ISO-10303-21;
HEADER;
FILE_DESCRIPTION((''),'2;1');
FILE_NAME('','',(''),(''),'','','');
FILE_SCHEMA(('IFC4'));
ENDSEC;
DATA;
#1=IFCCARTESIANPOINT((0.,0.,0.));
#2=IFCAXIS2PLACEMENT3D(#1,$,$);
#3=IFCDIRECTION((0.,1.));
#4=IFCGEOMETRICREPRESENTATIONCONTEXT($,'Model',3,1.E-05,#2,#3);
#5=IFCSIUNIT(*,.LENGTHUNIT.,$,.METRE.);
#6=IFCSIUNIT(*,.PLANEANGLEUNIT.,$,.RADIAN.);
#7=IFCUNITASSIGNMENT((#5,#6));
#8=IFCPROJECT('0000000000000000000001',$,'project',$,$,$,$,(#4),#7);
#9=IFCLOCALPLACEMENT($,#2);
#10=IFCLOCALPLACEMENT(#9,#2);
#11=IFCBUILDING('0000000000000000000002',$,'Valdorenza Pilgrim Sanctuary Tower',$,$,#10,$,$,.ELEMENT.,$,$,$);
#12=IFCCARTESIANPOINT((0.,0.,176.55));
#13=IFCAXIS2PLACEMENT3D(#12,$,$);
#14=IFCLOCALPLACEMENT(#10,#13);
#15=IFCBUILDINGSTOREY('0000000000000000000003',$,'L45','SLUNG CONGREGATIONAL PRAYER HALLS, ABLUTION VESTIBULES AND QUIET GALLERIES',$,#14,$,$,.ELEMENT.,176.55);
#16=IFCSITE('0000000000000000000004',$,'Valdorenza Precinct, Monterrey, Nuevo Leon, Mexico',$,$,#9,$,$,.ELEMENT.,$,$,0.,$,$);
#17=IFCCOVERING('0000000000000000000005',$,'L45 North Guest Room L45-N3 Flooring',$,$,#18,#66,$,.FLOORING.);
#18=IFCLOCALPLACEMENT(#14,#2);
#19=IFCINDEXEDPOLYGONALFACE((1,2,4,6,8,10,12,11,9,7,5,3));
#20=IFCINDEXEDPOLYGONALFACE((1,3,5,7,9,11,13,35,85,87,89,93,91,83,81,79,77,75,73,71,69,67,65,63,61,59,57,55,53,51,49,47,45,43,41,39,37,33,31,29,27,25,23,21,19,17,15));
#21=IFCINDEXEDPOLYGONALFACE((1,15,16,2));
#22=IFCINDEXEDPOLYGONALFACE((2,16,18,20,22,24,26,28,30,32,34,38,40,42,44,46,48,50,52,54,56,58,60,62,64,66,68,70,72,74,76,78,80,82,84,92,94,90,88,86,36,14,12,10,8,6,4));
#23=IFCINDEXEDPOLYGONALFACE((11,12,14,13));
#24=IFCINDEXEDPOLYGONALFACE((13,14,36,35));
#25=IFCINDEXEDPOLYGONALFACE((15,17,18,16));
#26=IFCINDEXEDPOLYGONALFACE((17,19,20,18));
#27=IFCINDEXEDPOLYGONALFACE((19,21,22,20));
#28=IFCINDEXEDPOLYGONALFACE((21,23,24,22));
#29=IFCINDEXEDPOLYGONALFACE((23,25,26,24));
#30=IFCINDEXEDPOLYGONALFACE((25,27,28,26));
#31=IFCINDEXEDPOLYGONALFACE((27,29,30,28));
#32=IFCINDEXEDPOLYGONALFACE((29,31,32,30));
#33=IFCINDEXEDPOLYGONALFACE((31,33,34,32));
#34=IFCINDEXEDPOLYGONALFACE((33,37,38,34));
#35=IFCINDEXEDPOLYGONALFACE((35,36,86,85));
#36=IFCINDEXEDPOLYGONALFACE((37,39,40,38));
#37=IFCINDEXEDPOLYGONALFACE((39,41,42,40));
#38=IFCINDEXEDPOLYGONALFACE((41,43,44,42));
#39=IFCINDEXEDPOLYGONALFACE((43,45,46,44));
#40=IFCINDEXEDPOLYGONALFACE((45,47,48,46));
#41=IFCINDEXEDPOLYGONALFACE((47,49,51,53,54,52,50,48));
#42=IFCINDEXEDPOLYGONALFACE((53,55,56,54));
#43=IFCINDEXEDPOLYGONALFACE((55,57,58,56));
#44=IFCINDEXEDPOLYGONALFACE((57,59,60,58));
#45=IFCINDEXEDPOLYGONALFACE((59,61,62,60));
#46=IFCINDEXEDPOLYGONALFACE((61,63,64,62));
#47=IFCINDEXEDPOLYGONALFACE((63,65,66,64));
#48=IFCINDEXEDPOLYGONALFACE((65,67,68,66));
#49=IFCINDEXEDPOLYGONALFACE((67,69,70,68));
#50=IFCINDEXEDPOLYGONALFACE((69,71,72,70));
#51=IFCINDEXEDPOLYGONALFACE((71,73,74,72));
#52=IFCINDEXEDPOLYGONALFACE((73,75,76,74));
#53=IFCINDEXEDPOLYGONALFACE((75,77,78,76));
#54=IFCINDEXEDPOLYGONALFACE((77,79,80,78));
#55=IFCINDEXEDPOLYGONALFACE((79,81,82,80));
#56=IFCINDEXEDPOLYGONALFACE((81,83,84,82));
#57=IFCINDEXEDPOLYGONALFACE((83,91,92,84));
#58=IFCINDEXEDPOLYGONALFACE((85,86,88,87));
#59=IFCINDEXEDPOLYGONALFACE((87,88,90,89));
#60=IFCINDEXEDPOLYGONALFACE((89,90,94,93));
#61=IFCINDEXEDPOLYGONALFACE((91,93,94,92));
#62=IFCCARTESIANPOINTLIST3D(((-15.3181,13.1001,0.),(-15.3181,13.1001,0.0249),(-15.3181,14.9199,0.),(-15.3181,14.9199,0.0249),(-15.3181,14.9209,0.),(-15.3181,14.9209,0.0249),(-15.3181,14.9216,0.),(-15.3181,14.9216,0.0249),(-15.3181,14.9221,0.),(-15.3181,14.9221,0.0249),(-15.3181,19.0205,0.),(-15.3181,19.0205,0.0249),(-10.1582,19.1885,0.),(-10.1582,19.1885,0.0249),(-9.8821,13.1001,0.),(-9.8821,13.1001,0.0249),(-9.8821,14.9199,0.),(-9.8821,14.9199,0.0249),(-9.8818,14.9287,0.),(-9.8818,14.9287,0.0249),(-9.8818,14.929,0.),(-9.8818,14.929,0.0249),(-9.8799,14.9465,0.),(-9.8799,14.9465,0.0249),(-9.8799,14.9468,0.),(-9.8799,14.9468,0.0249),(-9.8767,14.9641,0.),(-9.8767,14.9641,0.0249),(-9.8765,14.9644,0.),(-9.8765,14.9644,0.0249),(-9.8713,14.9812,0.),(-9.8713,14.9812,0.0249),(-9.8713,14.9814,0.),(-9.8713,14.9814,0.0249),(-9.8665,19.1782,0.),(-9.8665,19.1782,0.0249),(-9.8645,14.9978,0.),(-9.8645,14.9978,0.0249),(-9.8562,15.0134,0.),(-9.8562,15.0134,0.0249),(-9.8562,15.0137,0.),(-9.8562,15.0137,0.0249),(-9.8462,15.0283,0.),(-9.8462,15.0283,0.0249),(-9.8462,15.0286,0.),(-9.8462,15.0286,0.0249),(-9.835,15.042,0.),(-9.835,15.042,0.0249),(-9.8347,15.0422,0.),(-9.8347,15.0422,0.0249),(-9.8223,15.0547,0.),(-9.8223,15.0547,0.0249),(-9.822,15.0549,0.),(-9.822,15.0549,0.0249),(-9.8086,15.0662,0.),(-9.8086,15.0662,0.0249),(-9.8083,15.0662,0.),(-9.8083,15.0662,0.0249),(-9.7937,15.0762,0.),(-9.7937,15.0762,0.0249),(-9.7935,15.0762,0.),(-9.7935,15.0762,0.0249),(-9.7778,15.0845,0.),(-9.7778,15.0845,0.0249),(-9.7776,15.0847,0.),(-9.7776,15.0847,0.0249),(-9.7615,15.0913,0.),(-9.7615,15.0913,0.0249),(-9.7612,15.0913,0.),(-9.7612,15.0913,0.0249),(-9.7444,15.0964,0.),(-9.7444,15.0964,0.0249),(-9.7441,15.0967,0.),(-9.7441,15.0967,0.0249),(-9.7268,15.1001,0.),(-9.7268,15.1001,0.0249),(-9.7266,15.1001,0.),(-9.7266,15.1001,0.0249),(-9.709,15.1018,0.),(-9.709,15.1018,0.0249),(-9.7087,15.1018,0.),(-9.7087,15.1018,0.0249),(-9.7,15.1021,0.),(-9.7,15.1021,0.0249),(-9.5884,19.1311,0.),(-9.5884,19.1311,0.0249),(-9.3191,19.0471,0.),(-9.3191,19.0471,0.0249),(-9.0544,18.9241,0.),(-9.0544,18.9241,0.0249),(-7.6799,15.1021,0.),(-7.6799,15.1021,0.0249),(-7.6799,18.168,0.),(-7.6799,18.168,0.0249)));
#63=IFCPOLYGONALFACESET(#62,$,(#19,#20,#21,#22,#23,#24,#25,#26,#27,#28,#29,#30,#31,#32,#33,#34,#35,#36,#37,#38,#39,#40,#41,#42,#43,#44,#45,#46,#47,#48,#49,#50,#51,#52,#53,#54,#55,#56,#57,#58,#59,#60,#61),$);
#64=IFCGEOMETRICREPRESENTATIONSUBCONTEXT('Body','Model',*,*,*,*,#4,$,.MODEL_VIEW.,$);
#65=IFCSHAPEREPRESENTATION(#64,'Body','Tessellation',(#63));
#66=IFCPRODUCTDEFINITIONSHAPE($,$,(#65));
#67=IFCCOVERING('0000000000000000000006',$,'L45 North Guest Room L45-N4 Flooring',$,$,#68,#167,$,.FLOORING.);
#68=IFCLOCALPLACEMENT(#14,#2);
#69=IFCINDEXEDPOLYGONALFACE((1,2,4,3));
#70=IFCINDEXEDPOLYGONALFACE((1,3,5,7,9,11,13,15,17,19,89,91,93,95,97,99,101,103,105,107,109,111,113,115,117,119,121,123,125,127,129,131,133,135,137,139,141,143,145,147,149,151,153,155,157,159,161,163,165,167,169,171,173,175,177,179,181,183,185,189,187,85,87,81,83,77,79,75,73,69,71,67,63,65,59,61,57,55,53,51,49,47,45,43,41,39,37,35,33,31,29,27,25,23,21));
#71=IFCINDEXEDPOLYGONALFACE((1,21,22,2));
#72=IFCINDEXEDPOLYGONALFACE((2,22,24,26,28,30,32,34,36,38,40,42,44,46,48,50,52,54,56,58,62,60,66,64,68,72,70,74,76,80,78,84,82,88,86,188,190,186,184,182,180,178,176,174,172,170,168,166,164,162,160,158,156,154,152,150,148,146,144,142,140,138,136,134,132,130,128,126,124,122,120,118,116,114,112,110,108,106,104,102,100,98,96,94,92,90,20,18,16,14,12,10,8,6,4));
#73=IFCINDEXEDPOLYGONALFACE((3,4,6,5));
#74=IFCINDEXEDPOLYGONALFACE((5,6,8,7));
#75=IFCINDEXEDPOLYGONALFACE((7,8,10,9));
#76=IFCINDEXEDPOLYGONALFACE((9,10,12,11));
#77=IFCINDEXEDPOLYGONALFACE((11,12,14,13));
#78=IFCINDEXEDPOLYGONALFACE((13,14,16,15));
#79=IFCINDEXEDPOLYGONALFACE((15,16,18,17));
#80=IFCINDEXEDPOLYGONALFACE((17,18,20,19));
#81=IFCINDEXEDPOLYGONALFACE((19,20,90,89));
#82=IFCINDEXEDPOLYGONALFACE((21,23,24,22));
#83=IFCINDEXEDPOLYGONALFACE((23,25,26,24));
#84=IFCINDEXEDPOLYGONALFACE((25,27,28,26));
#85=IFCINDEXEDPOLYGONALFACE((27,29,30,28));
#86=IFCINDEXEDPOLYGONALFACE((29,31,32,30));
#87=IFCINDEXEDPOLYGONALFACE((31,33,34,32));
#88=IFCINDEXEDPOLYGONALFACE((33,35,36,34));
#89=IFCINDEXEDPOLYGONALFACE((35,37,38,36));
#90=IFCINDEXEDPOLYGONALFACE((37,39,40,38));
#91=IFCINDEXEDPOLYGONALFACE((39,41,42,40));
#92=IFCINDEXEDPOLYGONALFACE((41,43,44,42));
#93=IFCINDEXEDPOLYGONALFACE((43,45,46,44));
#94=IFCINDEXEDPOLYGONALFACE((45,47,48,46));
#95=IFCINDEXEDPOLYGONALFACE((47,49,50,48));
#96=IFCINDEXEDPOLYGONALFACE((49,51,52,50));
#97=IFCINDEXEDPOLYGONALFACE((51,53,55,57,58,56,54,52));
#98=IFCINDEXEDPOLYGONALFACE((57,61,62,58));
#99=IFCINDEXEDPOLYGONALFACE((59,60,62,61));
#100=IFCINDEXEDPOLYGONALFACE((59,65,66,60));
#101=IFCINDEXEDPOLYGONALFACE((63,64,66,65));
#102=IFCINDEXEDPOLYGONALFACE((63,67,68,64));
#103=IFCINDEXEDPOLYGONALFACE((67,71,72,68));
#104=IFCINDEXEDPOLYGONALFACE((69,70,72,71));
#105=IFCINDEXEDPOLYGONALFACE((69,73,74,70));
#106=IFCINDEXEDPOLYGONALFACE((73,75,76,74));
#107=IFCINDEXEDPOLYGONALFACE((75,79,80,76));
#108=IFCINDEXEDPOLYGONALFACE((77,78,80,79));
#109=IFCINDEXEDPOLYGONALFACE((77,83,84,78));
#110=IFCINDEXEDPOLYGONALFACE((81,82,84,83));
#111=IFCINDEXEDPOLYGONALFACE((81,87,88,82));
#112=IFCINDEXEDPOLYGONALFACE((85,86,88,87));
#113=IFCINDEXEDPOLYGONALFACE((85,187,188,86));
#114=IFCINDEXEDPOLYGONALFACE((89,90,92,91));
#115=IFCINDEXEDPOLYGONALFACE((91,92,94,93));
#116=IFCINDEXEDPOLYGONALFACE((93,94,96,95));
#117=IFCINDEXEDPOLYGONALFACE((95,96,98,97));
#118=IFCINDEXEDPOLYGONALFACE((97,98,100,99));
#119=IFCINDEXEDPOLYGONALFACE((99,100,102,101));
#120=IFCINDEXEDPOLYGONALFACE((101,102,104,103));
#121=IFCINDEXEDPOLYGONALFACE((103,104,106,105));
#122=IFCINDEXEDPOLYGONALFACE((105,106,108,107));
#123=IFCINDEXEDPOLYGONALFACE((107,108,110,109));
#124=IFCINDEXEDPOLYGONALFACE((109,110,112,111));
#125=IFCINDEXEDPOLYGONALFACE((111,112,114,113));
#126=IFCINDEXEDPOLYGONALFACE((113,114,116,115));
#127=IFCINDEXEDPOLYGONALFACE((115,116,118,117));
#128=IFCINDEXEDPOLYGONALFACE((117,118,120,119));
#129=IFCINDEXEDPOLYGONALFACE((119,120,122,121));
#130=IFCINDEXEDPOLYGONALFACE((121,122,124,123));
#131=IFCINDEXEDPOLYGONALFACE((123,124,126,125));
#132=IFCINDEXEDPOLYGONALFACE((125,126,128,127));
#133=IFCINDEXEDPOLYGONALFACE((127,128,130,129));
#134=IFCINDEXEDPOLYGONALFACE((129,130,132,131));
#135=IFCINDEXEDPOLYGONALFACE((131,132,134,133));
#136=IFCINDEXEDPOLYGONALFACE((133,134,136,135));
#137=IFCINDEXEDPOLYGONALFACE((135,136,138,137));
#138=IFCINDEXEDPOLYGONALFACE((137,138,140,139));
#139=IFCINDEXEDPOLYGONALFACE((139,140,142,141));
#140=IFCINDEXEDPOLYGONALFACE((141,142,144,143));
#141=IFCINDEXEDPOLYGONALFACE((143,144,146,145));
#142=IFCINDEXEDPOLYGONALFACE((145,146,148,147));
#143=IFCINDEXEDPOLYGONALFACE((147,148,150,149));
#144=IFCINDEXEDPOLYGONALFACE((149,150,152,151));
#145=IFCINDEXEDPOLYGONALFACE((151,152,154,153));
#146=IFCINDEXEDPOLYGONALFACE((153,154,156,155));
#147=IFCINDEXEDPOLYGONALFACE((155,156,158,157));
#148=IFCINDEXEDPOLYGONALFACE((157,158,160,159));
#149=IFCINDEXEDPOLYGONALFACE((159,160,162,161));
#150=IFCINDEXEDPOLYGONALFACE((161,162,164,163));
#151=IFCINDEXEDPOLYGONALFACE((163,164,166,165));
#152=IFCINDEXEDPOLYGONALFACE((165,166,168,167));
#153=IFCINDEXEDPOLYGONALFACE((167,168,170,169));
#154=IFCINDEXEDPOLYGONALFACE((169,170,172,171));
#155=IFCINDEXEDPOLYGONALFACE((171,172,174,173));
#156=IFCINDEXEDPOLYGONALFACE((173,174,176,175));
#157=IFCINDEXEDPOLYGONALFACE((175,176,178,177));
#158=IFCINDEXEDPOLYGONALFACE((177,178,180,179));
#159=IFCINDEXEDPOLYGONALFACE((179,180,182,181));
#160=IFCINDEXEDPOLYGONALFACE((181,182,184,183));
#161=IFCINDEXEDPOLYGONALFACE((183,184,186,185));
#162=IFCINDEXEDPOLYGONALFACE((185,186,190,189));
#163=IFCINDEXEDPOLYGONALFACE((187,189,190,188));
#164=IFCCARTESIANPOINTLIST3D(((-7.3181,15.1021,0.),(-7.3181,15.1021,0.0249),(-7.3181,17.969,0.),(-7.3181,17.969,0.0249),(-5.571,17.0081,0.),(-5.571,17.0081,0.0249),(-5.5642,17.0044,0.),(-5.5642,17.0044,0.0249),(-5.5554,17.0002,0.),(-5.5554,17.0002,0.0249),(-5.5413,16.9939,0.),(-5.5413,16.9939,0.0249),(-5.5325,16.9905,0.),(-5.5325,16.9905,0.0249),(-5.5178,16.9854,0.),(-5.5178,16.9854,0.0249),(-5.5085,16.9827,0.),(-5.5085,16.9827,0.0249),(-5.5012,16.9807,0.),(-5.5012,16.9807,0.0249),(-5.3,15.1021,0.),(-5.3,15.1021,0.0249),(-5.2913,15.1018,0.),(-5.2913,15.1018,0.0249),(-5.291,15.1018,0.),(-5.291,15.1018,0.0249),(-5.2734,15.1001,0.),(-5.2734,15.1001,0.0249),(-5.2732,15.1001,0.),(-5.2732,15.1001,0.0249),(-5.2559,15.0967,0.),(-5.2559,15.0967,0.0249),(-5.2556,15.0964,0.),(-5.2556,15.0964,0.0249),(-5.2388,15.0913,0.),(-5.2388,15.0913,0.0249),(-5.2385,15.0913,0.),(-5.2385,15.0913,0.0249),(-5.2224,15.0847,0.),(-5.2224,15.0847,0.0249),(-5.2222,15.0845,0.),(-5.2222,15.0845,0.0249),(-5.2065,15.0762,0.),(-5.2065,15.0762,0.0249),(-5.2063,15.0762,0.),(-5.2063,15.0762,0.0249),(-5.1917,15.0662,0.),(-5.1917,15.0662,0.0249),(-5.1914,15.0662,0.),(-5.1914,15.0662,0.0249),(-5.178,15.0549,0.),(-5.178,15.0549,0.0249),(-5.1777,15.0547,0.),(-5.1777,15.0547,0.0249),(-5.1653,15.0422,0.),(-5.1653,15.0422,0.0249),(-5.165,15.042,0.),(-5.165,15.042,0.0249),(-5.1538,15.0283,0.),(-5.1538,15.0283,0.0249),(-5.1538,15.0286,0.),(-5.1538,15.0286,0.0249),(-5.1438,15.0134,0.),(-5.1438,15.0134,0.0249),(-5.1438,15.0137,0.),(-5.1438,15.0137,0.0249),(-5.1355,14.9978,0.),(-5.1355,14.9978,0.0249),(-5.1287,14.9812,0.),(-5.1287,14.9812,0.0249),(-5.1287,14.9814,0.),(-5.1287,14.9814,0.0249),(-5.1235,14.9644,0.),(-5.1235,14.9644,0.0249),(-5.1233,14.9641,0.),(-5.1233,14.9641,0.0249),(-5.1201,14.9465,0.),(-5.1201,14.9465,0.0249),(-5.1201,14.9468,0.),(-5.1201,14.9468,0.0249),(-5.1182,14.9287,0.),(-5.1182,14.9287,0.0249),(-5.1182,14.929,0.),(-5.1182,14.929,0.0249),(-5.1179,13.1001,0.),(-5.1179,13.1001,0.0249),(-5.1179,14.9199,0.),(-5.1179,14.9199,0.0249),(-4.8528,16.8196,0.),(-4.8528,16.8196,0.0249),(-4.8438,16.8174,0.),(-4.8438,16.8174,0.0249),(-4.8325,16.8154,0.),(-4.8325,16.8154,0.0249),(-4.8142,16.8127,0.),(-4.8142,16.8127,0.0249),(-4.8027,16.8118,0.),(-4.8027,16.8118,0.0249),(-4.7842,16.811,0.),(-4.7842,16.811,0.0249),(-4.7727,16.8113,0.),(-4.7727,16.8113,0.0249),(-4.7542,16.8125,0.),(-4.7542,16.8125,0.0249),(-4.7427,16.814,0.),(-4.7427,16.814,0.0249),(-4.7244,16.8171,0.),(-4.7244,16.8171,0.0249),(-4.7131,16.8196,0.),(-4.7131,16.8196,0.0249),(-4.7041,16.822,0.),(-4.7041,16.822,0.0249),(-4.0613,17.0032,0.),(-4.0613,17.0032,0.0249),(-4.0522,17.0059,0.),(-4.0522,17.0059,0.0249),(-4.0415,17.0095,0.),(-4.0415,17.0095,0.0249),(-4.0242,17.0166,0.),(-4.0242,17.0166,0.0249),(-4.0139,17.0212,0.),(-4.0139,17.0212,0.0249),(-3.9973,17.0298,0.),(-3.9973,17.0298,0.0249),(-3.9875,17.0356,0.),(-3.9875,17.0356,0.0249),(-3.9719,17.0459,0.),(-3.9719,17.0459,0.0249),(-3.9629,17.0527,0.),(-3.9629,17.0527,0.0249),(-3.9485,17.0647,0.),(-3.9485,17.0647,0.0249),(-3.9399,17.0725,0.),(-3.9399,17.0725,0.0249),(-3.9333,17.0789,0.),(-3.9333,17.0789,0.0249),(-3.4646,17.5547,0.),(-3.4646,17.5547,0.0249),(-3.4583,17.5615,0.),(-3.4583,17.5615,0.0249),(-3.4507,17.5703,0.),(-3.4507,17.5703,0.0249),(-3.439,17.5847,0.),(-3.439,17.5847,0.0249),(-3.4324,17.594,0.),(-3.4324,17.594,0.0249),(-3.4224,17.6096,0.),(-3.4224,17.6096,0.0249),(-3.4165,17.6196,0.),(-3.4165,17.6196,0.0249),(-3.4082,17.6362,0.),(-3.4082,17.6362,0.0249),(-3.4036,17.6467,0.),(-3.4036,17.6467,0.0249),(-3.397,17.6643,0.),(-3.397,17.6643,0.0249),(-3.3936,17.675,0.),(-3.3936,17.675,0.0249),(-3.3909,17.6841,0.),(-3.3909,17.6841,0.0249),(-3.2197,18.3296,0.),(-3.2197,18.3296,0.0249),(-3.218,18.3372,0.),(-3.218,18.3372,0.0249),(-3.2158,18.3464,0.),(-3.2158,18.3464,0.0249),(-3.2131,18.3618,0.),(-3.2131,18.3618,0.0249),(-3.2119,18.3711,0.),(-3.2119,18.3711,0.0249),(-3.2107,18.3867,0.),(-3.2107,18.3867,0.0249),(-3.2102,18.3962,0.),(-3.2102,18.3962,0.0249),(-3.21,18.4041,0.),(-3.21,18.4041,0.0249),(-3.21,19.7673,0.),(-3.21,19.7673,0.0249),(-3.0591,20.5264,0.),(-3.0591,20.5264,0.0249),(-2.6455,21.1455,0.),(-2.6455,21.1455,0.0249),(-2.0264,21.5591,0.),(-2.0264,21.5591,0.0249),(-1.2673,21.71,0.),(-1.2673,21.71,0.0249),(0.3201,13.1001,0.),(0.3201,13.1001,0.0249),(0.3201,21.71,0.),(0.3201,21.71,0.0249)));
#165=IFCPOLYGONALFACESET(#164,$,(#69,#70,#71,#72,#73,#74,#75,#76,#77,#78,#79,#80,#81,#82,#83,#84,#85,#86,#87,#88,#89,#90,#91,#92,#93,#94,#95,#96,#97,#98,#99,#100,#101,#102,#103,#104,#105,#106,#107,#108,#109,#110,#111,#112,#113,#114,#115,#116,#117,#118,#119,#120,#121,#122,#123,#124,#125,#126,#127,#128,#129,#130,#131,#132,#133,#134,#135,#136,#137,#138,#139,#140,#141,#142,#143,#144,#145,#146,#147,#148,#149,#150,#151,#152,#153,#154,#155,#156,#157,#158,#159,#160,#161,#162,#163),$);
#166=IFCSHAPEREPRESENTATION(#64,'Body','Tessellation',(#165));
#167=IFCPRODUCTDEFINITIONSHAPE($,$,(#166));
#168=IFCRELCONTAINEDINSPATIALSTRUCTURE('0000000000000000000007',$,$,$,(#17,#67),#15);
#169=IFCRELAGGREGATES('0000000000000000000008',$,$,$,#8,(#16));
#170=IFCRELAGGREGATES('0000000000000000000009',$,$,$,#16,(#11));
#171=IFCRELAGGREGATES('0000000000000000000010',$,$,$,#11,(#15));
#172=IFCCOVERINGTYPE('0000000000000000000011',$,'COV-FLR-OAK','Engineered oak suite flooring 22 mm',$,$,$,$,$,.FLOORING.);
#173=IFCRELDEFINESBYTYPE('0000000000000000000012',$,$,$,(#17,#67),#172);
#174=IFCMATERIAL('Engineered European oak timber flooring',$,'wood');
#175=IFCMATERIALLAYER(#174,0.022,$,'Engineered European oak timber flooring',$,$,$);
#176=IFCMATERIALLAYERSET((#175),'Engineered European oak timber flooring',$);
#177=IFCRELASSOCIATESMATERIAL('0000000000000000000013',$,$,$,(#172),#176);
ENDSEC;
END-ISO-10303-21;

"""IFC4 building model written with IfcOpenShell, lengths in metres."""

from ifc_helpers import new_model, si_unit, direction, frame, origin, place, context, subcontext, project, spatial, polyline, outline, extrude, material, layer, layer_set, type_object, element, save


model = new_model("IFC4")

# Units and contexts
model_context = context("Model", 3, precision=1e-05, world=origin(), true_north=direction((0.0, 1.0)))
body_context = subcontext(model_context, "Body", "Model", "MODEL_VIEW")
ifc_project = project(units=[si_unit("LENGTHUNIT", "METRE"), si_unit("PLANEANGLEUNIT", "RADIAN")], contexts=[model_context])

# Site, building, storey
site_placement = place(None, origin())
site = spatial("IfcSite", under=ifc_project, at=site_placement, Name="Valdorenza Precinct, Monterrey, Nuevo Leon, Mexico", CompositionType="ELEMENT", RefElevation=0.0)
building_placement = place(site_placement, origin())
building = spatial("IfcBuilding", under=site, at=building_placement, Name="Valdorenza Pilgrim Sanctuary Tower", CompositionType="ELEMENT")
storey_placement = place(building_placement, frame((0.0, 0.0, 176.55)))
storey = spatial("IfcBuildingStorey", under=building, at=storey_placement, Name="L45", Description="SLUNG CONGREGATIONAL PRAYER HALLS, ABLUTION VESTIBULES AND QUIET GALLERIES", CompositionType="ELEMENT", Elevation=176.55)

# Coverings
ifc_material_1 = material(Name="Engineered European oak timber flooring", Category="wood")
ifc_layer_1 = layer(ifc_material_1, 0.022, Name="Engineered European oak timber flooring")
ifc_layer_set_1 = layer_set([ifc_layer_1], Name="Engineered European oak timber flooring")
covering_type_1 = type_object("IfcCoveringType", Name="COV-FLR-OAK", Description="Engineered oak suite flooring 22 mm", PredefinedType="FLOORING", material=ifc_layer_set_1)
covering_1_placement = place(storey_placement, origin())
element("IfcCovering", 1, at=covering_1_placement, inside=storey, type_object=covering_type_1, Name="L45 North Guest Room L45-N3 Flooring", PredefinedType="FLOORING", context=body_context, shape_type="SweptSolid", body=[
    extrude(outline(polyline([(-15.3181, 14.9216), (-15.3181, 14.9221), (-15.3181, 19.0205), (-10.1582, 19.1885), (-9.8665, 19.1782), (-9.5884, 19.1311), (-9.3191, 19.0471), (-9.0544, 18.9241), (-7.6799, 18.168), (-7.6799, 15.1021), (-9.7, 15.1021), (-9.7087, 15.1018), (-9.709, 15.1018), (-9.7266, 15.1001), (-9.7268, 15.1001), (-9.7441, 15.0967), (-9.7444, 15.0964), (-9.7612, 15.0913), (-9.7615, 15.0913), (-9.7776, 15.0847), (-9.7778, 15.0845), (-9.7935, 15.0762), (-9.7937, 15.0762), (-9.8083, 15.0662), (-9.8086, 15.0662), (-9.822, 15.0549), (-9.8223, 15.0547), (-9.8347, 15.0422), (-9.835, 15.042), (-9.8462, 15.0286), (-9.8462, 15.0283), (-9.8562, 15.0137), (-9.8562, 15.0134), (-9.8645, 14.9978), (-9.8645, 14.9978), (-9.8713, 14.9814), (-9.8713, 14.9812), (-9.8765, 14.9644), (-9.8767, 14.9641), (-9.8799, 14.9468), (-9.8799, 14.9465), (-9.8818, 14.929), (-9.8818, 14.9287), (-9.8821, 14.9199), (-9.8821, 13.1001), (-15.3181, 13.1001), (-15.3181, 14.9199), (-15.3181, 14.9209), (-15.3181, 14.9216)])), origin(), (0.0, 0.0, 1.0), 0.0249),
])
covering_2_placement = place(storey_placement, origin())
element("IfcCovering", 2, at=covering_2_placement, inside=storey, type_object=covering_type_1, Name="L45 North Guest Room L45-N4 Flooring", PredefinedType="FLOORING", context=body_context, shape_type="SweptSolid", body=[
    extrude(outline(polyline([(0.3201, 13.1001), (-5.1179, 13.1001), (-5.1179, 14.9199), (-5.1182, 14.9287), (-5.1182, 14.929), (-5.1201, 14.9465), (-5.1201, 14.9468), (-5.1233, 14.9641), (-5.1235, 14.9644), (-5.1287, 14.9812), (-5.1287, 14.9814), (-5.1355, 14.9978), (-5.1355, 14.9978), (-5.1438, 15.0134), (-5.1438, 15.0137), (-5.1538, 15.0283), (-5.1538, 15.0286), (-5.165, 15.042), (-5.1653, 15.0422), (-5.1777, 15.0547), (-5.178, 15.0549), (-5.1914, 15.0662), (-5.1917, 15.0662), (-5.2063, 15.0762), (-5.2065, 15.0762), (-5.2222, 15.0845), (-5.2224, 15.0847), (-5.2385, 15.0913), (-5.2388, 15.0913), (-5.2556, 15.0964), (-5.2559, 15.0967), (-5.2732, 15.1001), (-5.2734, 15.1001), (-5.291, 15.1018), (-5.2913, 15.1018), (-5.3, 15.1021), (-7.3181, 15.1021), (-7.3181, 17.969), (-5.571, 17.0081), (-5.5642, 17.0044), (-5.5554, 17.0002), (-5.5413, 16.9939), (-5.5325, 16.9905), (-5.5178, 16.9854), (-5.5085, 16.9827), (-5.5012, 16.9807), (-4.8528, 16.8196), (-4.8438, 16.8174), (-4.8325, 16.8154), (-4.8142, 16.8127), (-4.8027, 16.8118), (-4.7842, 16.811), (-4.7727, 16.8113), (-4.7542, 16.8125), (-4.7427, 16.814), (-4.7244, 16.8171), (-4.7131, 16.8196), (-4.7041, 16.822), (-4.0613, 17.0032), (-4.0522, 17.0059), (-4.0415, 17.0095), (-4.0242, 17.0166), (-4.0139, 17.0212), (-3.9973, 17.0298), (-3.9875, 17.0356), (-3.9719, 17.0459), (-3.9629, 17.0527), (-3.9485, 17.0647), (-3.9399, 17.0725), (-3.9333, 17.0789), (-3.4646, 17.5547), (-3.4583, 17.5615), (-3.4507, 17.5703), (-3.439, 17.5847), (-3.4324, 17.594), (-3.4224, 17.6096), (-3.4165, 17.6196), (-3.4082, 17.6362), (-3.4036, 17.6467), (-3.397, 17.6643), (-3.3936, 17.675), (-3.3909, 17.6841), (-3.2197, 18.3296), (-3.218, 18.3372), (-3.2158, 18.3464), (-3.2131, 18.3618), (-3.2119, 18.3711), (-3.2107, 18.3867), (-3.2102, 18.3962), (-3.21, 18.4041), (-3.21, 19.7673), (-3.0591, 20.5264), (-2.6455, 21.1455), (-2.0264, 21.5591), (-1.2673, 21.71), (0.3201, 21.71), (0.3201, 13.1001)])), origin(), (0.0, 0.0, 1.0), 0.0249),
])

save(model, "model.ifc")
